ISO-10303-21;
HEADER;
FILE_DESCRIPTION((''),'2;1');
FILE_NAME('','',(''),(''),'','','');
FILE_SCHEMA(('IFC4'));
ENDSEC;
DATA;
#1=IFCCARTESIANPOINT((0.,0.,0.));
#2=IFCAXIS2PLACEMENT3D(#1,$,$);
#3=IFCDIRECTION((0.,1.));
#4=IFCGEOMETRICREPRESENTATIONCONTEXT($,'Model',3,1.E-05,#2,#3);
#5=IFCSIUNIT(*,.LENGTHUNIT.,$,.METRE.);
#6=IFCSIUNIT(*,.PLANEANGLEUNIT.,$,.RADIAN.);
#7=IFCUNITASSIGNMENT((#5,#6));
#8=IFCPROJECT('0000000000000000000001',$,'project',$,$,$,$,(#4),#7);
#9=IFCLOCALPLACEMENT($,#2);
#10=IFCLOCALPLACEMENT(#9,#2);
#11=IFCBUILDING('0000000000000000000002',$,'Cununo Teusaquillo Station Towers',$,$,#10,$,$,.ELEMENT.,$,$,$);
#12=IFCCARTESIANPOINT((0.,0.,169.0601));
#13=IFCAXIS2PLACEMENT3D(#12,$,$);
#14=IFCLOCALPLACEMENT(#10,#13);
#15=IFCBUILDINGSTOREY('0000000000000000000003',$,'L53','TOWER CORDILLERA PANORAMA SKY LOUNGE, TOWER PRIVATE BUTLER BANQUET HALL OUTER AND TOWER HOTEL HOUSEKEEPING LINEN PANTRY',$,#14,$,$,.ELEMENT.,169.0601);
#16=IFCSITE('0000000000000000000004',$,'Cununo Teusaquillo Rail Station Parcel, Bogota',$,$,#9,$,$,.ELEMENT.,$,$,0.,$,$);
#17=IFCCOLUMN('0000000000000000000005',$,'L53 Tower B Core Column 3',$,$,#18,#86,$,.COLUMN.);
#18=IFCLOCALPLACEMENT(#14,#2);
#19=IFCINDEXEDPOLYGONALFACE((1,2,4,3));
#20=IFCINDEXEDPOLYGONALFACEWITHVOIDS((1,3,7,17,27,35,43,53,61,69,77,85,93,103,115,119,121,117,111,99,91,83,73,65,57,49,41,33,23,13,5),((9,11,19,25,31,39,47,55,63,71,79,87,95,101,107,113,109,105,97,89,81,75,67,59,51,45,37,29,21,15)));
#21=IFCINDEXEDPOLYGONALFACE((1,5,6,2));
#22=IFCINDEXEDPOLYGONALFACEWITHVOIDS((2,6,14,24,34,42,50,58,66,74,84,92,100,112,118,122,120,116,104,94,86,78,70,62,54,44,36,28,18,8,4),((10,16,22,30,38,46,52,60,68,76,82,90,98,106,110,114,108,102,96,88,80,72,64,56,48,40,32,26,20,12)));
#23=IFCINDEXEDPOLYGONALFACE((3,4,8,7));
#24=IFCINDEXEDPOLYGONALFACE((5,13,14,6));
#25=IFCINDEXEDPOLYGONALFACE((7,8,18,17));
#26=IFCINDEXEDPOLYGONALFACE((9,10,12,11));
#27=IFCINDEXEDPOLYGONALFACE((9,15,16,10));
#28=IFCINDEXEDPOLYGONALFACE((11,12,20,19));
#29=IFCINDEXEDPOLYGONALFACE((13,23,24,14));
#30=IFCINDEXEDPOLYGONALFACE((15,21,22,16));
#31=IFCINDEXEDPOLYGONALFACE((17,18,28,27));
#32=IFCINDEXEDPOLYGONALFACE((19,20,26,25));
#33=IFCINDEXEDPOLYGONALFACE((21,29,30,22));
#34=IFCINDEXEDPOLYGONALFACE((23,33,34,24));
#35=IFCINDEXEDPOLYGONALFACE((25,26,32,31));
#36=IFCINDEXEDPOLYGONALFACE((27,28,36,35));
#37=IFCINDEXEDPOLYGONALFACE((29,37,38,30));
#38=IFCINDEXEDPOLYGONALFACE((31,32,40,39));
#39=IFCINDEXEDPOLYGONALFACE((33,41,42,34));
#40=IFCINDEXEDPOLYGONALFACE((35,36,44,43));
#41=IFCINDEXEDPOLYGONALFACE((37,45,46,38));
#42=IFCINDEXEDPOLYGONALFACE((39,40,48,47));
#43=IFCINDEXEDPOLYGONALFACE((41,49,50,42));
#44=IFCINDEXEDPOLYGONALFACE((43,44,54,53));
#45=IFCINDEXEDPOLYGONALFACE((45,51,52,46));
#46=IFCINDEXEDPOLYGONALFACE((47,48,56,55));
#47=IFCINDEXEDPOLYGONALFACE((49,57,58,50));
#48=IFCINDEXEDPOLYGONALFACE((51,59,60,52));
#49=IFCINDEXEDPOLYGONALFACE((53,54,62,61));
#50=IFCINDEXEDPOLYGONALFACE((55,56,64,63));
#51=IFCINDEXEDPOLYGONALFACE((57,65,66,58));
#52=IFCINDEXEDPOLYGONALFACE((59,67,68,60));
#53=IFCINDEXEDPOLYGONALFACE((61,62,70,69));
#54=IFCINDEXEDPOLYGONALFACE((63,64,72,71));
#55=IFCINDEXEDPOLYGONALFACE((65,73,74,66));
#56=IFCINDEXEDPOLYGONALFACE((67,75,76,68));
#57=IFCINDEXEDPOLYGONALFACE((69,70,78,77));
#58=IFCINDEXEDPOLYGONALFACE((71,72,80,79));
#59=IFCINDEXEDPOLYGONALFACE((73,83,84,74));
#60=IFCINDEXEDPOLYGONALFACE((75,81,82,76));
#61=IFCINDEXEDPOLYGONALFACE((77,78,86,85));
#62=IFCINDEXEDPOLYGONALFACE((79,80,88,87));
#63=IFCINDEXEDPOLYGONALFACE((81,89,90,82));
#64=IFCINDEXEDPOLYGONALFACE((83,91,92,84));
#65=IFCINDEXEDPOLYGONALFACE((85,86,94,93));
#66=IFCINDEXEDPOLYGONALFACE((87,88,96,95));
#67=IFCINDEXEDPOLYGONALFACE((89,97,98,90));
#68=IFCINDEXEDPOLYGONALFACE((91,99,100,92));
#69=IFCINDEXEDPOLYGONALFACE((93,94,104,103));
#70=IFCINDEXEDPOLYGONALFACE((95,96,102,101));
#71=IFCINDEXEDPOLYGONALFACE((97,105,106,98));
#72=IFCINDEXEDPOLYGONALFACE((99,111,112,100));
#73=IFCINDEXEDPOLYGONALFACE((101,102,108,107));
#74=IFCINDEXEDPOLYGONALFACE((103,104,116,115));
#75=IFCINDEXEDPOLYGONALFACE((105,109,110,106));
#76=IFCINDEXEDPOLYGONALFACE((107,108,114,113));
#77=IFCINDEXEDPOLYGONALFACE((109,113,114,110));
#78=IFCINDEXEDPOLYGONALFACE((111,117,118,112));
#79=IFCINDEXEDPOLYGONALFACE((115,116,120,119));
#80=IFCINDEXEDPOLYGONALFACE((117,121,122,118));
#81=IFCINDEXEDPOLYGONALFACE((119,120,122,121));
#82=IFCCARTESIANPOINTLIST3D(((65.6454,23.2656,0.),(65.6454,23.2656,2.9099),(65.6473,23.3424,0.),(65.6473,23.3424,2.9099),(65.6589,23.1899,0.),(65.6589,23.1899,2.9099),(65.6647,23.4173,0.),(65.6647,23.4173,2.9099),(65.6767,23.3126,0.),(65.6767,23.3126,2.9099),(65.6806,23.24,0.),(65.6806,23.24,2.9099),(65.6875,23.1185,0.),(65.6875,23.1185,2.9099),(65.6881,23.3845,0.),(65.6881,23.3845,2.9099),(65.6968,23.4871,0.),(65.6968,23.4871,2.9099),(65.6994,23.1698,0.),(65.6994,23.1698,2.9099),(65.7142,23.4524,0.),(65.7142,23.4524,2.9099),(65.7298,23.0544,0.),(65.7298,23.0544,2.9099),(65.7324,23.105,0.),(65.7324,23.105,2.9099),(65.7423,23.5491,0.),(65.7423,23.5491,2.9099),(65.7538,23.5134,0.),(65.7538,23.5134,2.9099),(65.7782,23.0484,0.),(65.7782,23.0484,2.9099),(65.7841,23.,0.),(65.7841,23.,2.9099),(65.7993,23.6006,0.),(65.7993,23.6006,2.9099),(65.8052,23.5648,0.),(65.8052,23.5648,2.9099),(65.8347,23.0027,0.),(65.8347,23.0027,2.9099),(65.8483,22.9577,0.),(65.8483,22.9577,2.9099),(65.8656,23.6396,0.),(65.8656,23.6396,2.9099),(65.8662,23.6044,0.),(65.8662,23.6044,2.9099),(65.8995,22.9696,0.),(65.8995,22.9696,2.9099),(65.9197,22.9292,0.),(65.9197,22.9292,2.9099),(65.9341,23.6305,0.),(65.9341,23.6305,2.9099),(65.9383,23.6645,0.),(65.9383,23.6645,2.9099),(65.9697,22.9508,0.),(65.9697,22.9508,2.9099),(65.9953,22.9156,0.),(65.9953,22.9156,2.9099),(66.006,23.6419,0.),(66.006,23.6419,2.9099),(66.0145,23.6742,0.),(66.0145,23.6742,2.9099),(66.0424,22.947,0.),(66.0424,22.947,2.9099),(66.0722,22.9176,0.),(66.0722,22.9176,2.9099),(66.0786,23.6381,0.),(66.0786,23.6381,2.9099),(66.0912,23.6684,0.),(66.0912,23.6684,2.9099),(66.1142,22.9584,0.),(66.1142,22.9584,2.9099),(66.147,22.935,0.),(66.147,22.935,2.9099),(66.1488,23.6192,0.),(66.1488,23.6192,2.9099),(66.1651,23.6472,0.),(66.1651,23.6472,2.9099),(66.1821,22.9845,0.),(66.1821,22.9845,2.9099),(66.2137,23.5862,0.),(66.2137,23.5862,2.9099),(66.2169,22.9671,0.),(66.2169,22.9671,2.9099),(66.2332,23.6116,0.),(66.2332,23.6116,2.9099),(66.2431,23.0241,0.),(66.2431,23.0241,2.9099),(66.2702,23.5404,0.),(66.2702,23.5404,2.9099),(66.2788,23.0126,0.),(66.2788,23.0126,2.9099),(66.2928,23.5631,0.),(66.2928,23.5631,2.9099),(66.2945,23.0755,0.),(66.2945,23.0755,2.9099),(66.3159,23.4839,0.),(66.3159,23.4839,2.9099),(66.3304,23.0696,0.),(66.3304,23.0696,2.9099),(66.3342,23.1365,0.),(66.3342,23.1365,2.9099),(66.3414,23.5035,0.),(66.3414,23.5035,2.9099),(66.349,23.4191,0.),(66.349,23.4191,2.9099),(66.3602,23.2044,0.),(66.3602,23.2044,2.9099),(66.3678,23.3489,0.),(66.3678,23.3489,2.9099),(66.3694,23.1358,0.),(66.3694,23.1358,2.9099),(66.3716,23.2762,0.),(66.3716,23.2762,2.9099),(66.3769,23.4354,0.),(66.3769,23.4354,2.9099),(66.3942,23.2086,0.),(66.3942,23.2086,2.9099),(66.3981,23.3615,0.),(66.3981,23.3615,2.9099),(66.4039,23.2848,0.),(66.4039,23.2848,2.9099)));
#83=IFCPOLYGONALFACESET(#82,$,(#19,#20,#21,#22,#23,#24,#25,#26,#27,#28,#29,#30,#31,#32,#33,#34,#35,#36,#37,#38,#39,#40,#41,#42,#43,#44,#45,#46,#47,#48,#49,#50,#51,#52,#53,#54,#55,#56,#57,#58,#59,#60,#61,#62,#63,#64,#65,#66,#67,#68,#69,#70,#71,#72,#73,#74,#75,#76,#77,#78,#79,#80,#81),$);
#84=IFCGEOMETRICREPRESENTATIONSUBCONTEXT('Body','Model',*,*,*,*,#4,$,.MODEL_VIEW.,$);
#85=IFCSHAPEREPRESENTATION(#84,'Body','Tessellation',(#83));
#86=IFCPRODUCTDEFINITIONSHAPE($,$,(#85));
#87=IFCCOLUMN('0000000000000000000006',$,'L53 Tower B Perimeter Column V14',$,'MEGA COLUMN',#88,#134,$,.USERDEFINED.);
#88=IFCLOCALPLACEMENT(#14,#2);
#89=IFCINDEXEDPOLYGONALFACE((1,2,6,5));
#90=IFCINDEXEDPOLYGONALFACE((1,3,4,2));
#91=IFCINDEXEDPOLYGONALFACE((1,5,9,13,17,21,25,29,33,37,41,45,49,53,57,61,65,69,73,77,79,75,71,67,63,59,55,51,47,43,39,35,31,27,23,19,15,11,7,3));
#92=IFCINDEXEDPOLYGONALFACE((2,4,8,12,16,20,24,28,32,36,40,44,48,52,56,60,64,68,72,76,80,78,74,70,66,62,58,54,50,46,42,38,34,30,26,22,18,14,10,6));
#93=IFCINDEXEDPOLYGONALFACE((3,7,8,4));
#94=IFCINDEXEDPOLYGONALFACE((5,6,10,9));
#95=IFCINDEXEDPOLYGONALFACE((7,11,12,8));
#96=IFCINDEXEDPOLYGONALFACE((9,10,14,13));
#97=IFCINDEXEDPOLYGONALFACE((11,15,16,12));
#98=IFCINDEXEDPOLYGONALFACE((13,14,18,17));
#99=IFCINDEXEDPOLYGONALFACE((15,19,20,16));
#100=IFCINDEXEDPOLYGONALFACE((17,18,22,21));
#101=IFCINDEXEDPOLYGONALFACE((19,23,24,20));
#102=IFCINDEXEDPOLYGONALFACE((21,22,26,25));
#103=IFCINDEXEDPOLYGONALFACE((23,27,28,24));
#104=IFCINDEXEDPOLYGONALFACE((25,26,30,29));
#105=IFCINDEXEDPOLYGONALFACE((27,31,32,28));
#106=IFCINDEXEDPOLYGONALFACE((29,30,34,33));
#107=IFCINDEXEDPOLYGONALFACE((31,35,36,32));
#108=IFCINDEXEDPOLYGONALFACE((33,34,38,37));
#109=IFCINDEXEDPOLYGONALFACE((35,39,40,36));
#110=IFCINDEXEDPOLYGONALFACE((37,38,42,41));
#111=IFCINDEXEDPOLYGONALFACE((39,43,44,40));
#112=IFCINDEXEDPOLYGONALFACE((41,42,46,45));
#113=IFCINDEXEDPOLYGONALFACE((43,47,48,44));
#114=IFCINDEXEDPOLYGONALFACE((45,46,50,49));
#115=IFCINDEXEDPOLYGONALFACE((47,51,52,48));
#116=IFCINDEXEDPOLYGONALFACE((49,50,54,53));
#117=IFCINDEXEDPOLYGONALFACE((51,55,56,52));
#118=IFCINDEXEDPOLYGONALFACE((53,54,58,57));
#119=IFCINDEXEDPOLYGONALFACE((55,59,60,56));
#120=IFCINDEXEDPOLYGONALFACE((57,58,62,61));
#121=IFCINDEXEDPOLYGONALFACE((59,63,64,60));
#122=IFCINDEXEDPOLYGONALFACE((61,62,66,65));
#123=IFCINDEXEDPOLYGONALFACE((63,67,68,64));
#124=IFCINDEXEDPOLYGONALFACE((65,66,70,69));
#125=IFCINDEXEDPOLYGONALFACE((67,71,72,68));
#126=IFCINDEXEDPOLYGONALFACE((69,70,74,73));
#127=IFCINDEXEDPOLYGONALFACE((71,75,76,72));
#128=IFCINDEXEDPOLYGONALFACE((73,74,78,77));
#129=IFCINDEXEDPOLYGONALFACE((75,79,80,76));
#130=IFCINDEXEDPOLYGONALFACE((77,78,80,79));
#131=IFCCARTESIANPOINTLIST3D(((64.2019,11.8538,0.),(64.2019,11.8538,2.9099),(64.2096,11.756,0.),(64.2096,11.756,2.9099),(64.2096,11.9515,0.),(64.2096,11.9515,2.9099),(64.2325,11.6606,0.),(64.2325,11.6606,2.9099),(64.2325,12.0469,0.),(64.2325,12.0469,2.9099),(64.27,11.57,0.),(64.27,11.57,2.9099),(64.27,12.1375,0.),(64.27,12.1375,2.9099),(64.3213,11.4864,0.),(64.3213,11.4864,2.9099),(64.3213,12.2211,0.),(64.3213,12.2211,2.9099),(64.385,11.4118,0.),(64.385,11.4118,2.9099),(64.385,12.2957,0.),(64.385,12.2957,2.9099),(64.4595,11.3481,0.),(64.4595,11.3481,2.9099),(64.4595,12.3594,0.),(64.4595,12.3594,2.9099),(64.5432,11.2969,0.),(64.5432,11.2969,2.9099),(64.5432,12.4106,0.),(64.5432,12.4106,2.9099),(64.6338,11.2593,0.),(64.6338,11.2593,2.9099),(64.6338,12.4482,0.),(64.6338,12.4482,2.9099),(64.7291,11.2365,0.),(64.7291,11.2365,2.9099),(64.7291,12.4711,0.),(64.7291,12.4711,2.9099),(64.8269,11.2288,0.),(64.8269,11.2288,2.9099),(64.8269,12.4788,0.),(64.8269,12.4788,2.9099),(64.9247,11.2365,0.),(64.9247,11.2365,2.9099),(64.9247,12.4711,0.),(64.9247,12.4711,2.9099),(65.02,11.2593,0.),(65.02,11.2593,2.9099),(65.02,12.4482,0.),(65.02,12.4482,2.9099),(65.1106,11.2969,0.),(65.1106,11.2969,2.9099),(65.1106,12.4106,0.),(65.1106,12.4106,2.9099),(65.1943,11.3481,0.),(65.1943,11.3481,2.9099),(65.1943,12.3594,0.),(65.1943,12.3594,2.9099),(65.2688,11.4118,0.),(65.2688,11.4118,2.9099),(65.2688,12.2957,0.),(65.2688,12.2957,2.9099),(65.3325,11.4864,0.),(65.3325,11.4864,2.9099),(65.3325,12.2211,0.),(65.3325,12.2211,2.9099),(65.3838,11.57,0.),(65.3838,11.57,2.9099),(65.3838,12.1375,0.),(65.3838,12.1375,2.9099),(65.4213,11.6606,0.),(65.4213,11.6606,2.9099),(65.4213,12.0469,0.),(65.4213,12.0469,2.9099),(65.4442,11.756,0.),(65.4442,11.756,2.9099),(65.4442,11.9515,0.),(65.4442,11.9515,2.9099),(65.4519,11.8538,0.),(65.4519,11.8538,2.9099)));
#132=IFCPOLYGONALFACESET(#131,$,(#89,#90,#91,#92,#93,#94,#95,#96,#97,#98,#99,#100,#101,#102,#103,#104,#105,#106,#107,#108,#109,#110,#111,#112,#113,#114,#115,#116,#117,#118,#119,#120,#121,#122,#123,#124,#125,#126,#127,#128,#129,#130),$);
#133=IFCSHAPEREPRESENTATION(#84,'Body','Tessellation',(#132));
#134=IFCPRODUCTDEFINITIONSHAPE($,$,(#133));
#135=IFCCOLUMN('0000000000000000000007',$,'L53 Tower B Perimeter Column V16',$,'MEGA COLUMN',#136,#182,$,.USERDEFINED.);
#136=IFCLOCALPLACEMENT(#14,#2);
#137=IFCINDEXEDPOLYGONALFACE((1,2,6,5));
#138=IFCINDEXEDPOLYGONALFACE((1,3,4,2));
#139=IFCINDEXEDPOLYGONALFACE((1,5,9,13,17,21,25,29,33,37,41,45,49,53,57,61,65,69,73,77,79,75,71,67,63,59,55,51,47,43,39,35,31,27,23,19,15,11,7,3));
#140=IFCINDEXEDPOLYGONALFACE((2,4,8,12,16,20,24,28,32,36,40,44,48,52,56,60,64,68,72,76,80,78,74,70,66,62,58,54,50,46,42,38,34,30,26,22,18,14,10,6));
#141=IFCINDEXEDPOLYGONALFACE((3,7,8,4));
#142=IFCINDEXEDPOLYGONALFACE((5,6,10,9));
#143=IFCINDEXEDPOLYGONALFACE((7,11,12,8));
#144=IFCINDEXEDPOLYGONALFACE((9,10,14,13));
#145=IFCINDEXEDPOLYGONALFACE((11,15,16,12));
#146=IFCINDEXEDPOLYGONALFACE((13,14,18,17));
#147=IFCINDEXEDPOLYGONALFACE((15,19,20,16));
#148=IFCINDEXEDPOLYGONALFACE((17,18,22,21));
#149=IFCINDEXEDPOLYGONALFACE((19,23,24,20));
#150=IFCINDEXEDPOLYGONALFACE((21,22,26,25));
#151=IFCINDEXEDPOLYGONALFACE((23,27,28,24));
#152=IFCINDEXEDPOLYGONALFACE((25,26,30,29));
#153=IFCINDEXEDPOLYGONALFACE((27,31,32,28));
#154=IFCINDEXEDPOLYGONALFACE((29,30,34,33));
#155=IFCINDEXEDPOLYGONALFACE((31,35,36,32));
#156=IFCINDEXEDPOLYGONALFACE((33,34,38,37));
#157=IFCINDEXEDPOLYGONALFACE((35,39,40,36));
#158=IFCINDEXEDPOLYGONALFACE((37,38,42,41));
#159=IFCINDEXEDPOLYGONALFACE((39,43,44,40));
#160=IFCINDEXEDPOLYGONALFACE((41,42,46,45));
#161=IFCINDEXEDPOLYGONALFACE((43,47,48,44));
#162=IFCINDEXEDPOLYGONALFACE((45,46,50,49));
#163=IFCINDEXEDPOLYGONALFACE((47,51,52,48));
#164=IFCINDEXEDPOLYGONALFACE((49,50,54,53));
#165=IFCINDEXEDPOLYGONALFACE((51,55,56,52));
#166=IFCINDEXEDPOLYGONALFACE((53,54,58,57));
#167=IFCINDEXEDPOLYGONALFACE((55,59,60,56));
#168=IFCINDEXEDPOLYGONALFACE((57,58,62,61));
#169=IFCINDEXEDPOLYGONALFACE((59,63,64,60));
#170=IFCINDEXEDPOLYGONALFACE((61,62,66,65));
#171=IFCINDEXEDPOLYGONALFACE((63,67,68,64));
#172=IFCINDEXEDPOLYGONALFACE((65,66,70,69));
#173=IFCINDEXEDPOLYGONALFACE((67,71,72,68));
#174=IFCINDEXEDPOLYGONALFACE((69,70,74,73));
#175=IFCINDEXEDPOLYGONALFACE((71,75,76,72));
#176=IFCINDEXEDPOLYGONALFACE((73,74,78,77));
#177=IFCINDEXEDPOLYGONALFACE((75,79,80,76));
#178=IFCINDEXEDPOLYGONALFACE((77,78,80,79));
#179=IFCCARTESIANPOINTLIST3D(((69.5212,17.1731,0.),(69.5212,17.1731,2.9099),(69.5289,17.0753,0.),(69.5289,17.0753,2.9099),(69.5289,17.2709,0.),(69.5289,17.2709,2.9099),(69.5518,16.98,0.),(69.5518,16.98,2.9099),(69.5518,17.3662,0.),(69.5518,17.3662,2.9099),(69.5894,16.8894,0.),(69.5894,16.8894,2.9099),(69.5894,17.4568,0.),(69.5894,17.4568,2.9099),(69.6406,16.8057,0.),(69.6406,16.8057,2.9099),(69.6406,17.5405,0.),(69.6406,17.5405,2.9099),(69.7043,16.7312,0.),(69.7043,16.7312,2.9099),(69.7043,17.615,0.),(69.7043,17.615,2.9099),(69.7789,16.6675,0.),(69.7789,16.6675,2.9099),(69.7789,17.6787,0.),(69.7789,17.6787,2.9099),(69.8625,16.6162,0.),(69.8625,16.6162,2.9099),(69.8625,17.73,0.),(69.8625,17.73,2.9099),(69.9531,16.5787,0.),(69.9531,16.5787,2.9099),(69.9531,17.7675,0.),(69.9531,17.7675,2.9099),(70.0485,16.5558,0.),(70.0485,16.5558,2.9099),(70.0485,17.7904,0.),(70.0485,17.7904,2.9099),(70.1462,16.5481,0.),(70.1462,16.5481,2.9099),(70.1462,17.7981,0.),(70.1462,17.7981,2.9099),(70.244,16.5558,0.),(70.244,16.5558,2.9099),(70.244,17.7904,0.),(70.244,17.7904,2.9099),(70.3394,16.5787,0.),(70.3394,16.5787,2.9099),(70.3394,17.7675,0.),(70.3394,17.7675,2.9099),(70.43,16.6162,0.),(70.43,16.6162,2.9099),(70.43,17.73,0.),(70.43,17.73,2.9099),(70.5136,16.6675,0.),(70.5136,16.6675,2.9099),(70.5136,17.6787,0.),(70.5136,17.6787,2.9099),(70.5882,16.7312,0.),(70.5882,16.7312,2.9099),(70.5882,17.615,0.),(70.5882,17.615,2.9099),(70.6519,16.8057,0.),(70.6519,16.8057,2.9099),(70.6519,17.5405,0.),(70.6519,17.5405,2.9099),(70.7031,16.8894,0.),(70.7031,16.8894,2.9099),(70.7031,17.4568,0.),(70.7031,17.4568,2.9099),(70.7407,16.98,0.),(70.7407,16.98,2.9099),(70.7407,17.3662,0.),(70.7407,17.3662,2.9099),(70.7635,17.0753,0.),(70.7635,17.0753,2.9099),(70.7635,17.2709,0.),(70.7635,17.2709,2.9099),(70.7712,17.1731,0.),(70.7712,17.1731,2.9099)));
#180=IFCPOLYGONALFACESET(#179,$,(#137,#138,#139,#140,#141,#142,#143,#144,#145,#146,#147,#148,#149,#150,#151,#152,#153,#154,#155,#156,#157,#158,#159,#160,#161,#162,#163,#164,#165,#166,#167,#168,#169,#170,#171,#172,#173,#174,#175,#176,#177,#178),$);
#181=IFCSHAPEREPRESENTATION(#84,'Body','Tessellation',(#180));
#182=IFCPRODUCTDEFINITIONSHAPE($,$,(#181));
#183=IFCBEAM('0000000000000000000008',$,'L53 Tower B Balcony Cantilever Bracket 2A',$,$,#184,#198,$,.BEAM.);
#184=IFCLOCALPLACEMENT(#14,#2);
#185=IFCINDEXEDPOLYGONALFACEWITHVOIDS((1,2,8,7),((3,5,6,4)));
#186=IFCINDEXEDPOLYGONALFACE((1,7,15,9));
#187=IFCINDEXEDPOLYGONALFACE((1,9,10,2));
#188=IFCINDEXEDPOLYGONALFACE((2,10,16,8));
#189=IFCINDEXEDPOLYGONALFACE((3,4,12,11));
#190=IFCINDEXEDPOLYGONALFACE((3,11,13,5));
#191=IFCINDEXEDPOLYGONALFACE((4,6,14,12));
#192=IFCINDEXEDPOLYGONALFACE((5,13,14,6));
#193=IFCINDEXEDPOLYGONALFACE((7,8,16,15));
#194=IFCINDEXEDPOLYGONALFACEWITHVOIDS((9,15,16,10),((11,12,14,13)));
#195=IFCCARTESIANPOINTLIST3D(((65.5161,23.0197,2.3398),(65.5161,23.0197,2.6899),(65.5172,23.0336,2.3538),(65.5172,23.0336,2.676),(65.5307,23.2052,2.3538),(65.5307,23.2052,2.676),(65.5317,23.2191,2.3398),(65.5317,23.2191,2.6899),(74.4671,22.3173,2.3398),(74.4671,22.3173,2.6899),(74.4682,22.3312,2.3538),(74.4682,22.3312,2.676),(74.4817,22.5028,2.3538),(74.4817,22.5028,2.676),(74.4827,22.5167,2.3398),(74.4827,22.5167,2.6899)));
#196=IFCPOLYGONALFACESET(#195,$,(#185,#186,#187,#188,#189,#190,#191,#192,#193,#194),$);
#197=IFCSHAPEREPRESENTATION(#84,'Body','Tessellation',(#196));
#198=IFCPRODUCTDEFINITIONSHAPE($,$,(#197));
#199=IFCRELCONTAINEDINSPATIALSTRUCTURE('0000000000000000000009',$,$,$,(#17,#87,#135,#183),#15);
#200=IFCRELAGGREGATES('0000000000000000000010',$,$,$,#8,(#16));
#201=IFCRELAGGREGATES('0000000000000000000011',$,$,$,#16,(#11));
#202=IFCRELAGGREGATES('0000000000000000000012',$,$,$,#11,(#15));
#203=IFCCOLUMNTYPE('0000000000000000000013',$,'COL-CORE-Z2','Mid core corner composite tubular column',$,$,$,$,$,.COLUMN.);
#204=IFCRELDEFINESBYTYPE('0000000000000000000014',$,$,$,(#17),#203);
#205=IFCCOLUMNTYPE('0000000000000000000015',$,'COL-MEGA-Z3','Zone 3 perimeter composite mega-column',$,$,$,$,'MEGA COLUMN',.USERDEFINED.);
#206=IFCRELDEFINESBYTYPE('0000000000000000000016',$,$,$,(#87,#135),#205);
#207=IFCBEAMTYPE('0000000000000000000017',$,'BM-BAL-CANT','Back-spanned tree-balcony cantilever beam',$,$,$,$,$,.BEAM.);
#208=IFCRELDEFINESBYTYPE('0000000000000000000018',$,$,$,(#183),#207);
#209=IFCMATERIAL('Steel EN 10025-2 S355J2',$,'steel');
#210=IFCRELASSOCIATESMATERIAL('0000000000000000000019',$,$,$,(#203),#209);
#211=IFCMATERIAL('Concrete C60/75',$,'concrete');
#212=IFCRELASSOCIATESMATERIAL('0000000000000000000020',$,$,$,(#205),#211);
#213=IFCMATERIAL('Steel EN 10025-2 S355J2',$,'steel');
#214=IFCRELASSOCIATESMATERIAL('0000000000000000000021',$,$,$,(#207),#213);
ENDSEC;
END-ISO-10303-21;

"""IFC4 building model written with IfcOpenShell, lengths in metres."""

from ifc_helpers import new_model, si_unit, direction, frame, origin, origin_2d, place, context, subcontext, project, spatial, hollow_rectangle, circle, hollow_circle, extrude, material, material_profile, profile_set, type_object, element, save


model = new_model("IFC4")

# Units and contexts
model_context = context("Model", 3, precision=1e-05, world=origin(), true_north=direction((0.0, 1.0)))
body_context = subcontext(model_context, "Body", "Model", "MODEL_VIEW")
ifc_project = project(units=[si_unit("LENGTHUNIT", "METRE"), si_unit("PLANEANGLEUNIT", "RADIAN")], contexts=[model_context])

# Site, building, storey
site_placement = place(None, origin())
site = spatial("IfcSite", under=ifc_project, at=site_placement, Name="Cununo Teusaquillo Rail Station Parcel, Bogota", CompositionType="ELEMENT", RefElevation=0.0)
building_placement = place(site_placement, origin())
building = spatial("IfcBuilding", under=site, at=building_placement, Name="Cununo Teusaquillo Station Towers", CompositionType="ELEMENT")
storey_placement = place(building_placement, frame((0.0, 0.0, 169.0601)))
storey = spatial("IfcBuildingStorey", under=building, at=storey_placement, Name="L53", Description="TOWER CORDILLERA PANORAMA SKY LOUNGE, TOWER PRIVATE BUTLER BANQUET HALL OUTER AND TOWER HOTEL HOUSEKEEPING LINEN PANTRY", CompositionType="ELEMENT", Elevation=169.0601)

# Columns
ifc_material_1 = material(Name="Steel EN 10025-2 S355J2", Category="steel")
ifc_material_profile_1 = material_profile(ifc_material_1, hollow_circle(Radius=0.3799, WallThickness=0.032, at=origin_2d()), Name="CHS 760x32")
ifc_profile_set_1 = profile_set([ifc_material_profile_1], Name="Steel EN 10025-2 S355J2")
column_type_1 = type_object("IfcColumnType", Name="COL-CORE-Z2", Description="Mid core corner composite tubular column", PredefinedType="COLUMN", material=ifc_profile_set_1)
column_placement = place(storey_placement, frame((66.0242, 23.2944, 0.0), z_axis=(0.0, 0.0, 1.0), x_axis=(0.707107, 0.707107, 0.0)))
element("IfcColumn", 1, at=column_placement, inside=storey, type_object=column_type_1, Name="L53 Tower B Core Column 3", PredefinedType="COLUMN", context=body_context, shape_type="SweptSolid", body=[
    extrude(hollow_circle(Radius=0.3799, WallThickness=0.032, at=origin_2d()), origin(), (0.0, 0.0, 1.0), 2.9099),
])
ifc_material_2 = material(Name="Concrete C60/75", Category="concrete")
ifc_material_profile_2 = material_profile(ifc_material_2, circle(Radius=0.625, at=origin_2d()), Name="RC-CIRC-1250")
ifc_profile_set_2 = profile_set([ifc_material_profile_2], Name="Concrete C60/75")
column_type_2 = type_object("IfcColumnType", Name="COL-MEGA-Z3", Description="Zone 3 perimeter composite mega-column", ElementType="MEGA COLUMN", PredefinedType="USERDEFINED", material=ifc_profile_set_2)
for number, where, z_axis, x_axis, name in (
    (2, (64.8269, 11.8538, 0.0), (0.0, 0.0, 1.0), (1.0, 0.0, 0.0), "L53 Tower B Perimeter Column V14"),
    (3, (70.1462, 17.1731, 0.0), (0.0, 0.0, 1.0), (1.0, 0.0, 0.0), "L53 Tower B Perimeter Column V16"),
):
    element("IfcColumn", number, at=place(storey_placement, frame(where, z_axis=z_axis, x_axis=x_axis)), inside=storey, type_object=column_type_2, Name=name, ObjectType="MEGA COLUMN", PredefinedType="USERDEFINED", context=body_context, shape_type="SweptSolid", body=[
        extrude(circle(Radius=0.625, at=origin_2d()), origin(), (0.0, 0.0, 1.0), 2.9099),
    ])

# Beam
ifc_material_3 = material(Name="Steel EN 10025-2 S355J2", Category="steel")
ifc_material_profile_3 = material_profile(ifc_material_3, hollow_rectangle(XDim=0.2, YDim=0.3501, WallThickness=0.0139, at=origin_2d()), Name="RHS 350x200x14")
ifc_profile_set_3 = profile_set([ifc_material_profile_3], Name="Steel EN 10025-2 S355J2")
beam_type_1 = type_object("IfcBeamType", Name="BM-BAL-CANT", Description="Back-spanned tree-balcony cantilever beam", PredefinedType="BEAM", material=ifc_profile_set_3)
beam_1_placement = place(storey_placement, frame((65.5239, 23.1194, 2.5149), z_axis=(0.996935, -0.078231, 0.0), x_axis=(0.078231, 0.996935, 0.0)))
element("IfcBeam", 4, at=beam_1_placement, inside=storey, type_object=beam_type_1, Name="L53 Tower B Balcony Cantilever Bracket 2A", PredefinedType="BEAM", context=body_context, shape_type="SweptSolid", body=[
    extrude(hollow_rectangle(XDim=0.2, YDim=0.3501, WallThickness=0.0139, at=origin_2d()), origin(), (0.0, 0.0, 1.0), 8.9785),
])

save(model, "model.ifc")
